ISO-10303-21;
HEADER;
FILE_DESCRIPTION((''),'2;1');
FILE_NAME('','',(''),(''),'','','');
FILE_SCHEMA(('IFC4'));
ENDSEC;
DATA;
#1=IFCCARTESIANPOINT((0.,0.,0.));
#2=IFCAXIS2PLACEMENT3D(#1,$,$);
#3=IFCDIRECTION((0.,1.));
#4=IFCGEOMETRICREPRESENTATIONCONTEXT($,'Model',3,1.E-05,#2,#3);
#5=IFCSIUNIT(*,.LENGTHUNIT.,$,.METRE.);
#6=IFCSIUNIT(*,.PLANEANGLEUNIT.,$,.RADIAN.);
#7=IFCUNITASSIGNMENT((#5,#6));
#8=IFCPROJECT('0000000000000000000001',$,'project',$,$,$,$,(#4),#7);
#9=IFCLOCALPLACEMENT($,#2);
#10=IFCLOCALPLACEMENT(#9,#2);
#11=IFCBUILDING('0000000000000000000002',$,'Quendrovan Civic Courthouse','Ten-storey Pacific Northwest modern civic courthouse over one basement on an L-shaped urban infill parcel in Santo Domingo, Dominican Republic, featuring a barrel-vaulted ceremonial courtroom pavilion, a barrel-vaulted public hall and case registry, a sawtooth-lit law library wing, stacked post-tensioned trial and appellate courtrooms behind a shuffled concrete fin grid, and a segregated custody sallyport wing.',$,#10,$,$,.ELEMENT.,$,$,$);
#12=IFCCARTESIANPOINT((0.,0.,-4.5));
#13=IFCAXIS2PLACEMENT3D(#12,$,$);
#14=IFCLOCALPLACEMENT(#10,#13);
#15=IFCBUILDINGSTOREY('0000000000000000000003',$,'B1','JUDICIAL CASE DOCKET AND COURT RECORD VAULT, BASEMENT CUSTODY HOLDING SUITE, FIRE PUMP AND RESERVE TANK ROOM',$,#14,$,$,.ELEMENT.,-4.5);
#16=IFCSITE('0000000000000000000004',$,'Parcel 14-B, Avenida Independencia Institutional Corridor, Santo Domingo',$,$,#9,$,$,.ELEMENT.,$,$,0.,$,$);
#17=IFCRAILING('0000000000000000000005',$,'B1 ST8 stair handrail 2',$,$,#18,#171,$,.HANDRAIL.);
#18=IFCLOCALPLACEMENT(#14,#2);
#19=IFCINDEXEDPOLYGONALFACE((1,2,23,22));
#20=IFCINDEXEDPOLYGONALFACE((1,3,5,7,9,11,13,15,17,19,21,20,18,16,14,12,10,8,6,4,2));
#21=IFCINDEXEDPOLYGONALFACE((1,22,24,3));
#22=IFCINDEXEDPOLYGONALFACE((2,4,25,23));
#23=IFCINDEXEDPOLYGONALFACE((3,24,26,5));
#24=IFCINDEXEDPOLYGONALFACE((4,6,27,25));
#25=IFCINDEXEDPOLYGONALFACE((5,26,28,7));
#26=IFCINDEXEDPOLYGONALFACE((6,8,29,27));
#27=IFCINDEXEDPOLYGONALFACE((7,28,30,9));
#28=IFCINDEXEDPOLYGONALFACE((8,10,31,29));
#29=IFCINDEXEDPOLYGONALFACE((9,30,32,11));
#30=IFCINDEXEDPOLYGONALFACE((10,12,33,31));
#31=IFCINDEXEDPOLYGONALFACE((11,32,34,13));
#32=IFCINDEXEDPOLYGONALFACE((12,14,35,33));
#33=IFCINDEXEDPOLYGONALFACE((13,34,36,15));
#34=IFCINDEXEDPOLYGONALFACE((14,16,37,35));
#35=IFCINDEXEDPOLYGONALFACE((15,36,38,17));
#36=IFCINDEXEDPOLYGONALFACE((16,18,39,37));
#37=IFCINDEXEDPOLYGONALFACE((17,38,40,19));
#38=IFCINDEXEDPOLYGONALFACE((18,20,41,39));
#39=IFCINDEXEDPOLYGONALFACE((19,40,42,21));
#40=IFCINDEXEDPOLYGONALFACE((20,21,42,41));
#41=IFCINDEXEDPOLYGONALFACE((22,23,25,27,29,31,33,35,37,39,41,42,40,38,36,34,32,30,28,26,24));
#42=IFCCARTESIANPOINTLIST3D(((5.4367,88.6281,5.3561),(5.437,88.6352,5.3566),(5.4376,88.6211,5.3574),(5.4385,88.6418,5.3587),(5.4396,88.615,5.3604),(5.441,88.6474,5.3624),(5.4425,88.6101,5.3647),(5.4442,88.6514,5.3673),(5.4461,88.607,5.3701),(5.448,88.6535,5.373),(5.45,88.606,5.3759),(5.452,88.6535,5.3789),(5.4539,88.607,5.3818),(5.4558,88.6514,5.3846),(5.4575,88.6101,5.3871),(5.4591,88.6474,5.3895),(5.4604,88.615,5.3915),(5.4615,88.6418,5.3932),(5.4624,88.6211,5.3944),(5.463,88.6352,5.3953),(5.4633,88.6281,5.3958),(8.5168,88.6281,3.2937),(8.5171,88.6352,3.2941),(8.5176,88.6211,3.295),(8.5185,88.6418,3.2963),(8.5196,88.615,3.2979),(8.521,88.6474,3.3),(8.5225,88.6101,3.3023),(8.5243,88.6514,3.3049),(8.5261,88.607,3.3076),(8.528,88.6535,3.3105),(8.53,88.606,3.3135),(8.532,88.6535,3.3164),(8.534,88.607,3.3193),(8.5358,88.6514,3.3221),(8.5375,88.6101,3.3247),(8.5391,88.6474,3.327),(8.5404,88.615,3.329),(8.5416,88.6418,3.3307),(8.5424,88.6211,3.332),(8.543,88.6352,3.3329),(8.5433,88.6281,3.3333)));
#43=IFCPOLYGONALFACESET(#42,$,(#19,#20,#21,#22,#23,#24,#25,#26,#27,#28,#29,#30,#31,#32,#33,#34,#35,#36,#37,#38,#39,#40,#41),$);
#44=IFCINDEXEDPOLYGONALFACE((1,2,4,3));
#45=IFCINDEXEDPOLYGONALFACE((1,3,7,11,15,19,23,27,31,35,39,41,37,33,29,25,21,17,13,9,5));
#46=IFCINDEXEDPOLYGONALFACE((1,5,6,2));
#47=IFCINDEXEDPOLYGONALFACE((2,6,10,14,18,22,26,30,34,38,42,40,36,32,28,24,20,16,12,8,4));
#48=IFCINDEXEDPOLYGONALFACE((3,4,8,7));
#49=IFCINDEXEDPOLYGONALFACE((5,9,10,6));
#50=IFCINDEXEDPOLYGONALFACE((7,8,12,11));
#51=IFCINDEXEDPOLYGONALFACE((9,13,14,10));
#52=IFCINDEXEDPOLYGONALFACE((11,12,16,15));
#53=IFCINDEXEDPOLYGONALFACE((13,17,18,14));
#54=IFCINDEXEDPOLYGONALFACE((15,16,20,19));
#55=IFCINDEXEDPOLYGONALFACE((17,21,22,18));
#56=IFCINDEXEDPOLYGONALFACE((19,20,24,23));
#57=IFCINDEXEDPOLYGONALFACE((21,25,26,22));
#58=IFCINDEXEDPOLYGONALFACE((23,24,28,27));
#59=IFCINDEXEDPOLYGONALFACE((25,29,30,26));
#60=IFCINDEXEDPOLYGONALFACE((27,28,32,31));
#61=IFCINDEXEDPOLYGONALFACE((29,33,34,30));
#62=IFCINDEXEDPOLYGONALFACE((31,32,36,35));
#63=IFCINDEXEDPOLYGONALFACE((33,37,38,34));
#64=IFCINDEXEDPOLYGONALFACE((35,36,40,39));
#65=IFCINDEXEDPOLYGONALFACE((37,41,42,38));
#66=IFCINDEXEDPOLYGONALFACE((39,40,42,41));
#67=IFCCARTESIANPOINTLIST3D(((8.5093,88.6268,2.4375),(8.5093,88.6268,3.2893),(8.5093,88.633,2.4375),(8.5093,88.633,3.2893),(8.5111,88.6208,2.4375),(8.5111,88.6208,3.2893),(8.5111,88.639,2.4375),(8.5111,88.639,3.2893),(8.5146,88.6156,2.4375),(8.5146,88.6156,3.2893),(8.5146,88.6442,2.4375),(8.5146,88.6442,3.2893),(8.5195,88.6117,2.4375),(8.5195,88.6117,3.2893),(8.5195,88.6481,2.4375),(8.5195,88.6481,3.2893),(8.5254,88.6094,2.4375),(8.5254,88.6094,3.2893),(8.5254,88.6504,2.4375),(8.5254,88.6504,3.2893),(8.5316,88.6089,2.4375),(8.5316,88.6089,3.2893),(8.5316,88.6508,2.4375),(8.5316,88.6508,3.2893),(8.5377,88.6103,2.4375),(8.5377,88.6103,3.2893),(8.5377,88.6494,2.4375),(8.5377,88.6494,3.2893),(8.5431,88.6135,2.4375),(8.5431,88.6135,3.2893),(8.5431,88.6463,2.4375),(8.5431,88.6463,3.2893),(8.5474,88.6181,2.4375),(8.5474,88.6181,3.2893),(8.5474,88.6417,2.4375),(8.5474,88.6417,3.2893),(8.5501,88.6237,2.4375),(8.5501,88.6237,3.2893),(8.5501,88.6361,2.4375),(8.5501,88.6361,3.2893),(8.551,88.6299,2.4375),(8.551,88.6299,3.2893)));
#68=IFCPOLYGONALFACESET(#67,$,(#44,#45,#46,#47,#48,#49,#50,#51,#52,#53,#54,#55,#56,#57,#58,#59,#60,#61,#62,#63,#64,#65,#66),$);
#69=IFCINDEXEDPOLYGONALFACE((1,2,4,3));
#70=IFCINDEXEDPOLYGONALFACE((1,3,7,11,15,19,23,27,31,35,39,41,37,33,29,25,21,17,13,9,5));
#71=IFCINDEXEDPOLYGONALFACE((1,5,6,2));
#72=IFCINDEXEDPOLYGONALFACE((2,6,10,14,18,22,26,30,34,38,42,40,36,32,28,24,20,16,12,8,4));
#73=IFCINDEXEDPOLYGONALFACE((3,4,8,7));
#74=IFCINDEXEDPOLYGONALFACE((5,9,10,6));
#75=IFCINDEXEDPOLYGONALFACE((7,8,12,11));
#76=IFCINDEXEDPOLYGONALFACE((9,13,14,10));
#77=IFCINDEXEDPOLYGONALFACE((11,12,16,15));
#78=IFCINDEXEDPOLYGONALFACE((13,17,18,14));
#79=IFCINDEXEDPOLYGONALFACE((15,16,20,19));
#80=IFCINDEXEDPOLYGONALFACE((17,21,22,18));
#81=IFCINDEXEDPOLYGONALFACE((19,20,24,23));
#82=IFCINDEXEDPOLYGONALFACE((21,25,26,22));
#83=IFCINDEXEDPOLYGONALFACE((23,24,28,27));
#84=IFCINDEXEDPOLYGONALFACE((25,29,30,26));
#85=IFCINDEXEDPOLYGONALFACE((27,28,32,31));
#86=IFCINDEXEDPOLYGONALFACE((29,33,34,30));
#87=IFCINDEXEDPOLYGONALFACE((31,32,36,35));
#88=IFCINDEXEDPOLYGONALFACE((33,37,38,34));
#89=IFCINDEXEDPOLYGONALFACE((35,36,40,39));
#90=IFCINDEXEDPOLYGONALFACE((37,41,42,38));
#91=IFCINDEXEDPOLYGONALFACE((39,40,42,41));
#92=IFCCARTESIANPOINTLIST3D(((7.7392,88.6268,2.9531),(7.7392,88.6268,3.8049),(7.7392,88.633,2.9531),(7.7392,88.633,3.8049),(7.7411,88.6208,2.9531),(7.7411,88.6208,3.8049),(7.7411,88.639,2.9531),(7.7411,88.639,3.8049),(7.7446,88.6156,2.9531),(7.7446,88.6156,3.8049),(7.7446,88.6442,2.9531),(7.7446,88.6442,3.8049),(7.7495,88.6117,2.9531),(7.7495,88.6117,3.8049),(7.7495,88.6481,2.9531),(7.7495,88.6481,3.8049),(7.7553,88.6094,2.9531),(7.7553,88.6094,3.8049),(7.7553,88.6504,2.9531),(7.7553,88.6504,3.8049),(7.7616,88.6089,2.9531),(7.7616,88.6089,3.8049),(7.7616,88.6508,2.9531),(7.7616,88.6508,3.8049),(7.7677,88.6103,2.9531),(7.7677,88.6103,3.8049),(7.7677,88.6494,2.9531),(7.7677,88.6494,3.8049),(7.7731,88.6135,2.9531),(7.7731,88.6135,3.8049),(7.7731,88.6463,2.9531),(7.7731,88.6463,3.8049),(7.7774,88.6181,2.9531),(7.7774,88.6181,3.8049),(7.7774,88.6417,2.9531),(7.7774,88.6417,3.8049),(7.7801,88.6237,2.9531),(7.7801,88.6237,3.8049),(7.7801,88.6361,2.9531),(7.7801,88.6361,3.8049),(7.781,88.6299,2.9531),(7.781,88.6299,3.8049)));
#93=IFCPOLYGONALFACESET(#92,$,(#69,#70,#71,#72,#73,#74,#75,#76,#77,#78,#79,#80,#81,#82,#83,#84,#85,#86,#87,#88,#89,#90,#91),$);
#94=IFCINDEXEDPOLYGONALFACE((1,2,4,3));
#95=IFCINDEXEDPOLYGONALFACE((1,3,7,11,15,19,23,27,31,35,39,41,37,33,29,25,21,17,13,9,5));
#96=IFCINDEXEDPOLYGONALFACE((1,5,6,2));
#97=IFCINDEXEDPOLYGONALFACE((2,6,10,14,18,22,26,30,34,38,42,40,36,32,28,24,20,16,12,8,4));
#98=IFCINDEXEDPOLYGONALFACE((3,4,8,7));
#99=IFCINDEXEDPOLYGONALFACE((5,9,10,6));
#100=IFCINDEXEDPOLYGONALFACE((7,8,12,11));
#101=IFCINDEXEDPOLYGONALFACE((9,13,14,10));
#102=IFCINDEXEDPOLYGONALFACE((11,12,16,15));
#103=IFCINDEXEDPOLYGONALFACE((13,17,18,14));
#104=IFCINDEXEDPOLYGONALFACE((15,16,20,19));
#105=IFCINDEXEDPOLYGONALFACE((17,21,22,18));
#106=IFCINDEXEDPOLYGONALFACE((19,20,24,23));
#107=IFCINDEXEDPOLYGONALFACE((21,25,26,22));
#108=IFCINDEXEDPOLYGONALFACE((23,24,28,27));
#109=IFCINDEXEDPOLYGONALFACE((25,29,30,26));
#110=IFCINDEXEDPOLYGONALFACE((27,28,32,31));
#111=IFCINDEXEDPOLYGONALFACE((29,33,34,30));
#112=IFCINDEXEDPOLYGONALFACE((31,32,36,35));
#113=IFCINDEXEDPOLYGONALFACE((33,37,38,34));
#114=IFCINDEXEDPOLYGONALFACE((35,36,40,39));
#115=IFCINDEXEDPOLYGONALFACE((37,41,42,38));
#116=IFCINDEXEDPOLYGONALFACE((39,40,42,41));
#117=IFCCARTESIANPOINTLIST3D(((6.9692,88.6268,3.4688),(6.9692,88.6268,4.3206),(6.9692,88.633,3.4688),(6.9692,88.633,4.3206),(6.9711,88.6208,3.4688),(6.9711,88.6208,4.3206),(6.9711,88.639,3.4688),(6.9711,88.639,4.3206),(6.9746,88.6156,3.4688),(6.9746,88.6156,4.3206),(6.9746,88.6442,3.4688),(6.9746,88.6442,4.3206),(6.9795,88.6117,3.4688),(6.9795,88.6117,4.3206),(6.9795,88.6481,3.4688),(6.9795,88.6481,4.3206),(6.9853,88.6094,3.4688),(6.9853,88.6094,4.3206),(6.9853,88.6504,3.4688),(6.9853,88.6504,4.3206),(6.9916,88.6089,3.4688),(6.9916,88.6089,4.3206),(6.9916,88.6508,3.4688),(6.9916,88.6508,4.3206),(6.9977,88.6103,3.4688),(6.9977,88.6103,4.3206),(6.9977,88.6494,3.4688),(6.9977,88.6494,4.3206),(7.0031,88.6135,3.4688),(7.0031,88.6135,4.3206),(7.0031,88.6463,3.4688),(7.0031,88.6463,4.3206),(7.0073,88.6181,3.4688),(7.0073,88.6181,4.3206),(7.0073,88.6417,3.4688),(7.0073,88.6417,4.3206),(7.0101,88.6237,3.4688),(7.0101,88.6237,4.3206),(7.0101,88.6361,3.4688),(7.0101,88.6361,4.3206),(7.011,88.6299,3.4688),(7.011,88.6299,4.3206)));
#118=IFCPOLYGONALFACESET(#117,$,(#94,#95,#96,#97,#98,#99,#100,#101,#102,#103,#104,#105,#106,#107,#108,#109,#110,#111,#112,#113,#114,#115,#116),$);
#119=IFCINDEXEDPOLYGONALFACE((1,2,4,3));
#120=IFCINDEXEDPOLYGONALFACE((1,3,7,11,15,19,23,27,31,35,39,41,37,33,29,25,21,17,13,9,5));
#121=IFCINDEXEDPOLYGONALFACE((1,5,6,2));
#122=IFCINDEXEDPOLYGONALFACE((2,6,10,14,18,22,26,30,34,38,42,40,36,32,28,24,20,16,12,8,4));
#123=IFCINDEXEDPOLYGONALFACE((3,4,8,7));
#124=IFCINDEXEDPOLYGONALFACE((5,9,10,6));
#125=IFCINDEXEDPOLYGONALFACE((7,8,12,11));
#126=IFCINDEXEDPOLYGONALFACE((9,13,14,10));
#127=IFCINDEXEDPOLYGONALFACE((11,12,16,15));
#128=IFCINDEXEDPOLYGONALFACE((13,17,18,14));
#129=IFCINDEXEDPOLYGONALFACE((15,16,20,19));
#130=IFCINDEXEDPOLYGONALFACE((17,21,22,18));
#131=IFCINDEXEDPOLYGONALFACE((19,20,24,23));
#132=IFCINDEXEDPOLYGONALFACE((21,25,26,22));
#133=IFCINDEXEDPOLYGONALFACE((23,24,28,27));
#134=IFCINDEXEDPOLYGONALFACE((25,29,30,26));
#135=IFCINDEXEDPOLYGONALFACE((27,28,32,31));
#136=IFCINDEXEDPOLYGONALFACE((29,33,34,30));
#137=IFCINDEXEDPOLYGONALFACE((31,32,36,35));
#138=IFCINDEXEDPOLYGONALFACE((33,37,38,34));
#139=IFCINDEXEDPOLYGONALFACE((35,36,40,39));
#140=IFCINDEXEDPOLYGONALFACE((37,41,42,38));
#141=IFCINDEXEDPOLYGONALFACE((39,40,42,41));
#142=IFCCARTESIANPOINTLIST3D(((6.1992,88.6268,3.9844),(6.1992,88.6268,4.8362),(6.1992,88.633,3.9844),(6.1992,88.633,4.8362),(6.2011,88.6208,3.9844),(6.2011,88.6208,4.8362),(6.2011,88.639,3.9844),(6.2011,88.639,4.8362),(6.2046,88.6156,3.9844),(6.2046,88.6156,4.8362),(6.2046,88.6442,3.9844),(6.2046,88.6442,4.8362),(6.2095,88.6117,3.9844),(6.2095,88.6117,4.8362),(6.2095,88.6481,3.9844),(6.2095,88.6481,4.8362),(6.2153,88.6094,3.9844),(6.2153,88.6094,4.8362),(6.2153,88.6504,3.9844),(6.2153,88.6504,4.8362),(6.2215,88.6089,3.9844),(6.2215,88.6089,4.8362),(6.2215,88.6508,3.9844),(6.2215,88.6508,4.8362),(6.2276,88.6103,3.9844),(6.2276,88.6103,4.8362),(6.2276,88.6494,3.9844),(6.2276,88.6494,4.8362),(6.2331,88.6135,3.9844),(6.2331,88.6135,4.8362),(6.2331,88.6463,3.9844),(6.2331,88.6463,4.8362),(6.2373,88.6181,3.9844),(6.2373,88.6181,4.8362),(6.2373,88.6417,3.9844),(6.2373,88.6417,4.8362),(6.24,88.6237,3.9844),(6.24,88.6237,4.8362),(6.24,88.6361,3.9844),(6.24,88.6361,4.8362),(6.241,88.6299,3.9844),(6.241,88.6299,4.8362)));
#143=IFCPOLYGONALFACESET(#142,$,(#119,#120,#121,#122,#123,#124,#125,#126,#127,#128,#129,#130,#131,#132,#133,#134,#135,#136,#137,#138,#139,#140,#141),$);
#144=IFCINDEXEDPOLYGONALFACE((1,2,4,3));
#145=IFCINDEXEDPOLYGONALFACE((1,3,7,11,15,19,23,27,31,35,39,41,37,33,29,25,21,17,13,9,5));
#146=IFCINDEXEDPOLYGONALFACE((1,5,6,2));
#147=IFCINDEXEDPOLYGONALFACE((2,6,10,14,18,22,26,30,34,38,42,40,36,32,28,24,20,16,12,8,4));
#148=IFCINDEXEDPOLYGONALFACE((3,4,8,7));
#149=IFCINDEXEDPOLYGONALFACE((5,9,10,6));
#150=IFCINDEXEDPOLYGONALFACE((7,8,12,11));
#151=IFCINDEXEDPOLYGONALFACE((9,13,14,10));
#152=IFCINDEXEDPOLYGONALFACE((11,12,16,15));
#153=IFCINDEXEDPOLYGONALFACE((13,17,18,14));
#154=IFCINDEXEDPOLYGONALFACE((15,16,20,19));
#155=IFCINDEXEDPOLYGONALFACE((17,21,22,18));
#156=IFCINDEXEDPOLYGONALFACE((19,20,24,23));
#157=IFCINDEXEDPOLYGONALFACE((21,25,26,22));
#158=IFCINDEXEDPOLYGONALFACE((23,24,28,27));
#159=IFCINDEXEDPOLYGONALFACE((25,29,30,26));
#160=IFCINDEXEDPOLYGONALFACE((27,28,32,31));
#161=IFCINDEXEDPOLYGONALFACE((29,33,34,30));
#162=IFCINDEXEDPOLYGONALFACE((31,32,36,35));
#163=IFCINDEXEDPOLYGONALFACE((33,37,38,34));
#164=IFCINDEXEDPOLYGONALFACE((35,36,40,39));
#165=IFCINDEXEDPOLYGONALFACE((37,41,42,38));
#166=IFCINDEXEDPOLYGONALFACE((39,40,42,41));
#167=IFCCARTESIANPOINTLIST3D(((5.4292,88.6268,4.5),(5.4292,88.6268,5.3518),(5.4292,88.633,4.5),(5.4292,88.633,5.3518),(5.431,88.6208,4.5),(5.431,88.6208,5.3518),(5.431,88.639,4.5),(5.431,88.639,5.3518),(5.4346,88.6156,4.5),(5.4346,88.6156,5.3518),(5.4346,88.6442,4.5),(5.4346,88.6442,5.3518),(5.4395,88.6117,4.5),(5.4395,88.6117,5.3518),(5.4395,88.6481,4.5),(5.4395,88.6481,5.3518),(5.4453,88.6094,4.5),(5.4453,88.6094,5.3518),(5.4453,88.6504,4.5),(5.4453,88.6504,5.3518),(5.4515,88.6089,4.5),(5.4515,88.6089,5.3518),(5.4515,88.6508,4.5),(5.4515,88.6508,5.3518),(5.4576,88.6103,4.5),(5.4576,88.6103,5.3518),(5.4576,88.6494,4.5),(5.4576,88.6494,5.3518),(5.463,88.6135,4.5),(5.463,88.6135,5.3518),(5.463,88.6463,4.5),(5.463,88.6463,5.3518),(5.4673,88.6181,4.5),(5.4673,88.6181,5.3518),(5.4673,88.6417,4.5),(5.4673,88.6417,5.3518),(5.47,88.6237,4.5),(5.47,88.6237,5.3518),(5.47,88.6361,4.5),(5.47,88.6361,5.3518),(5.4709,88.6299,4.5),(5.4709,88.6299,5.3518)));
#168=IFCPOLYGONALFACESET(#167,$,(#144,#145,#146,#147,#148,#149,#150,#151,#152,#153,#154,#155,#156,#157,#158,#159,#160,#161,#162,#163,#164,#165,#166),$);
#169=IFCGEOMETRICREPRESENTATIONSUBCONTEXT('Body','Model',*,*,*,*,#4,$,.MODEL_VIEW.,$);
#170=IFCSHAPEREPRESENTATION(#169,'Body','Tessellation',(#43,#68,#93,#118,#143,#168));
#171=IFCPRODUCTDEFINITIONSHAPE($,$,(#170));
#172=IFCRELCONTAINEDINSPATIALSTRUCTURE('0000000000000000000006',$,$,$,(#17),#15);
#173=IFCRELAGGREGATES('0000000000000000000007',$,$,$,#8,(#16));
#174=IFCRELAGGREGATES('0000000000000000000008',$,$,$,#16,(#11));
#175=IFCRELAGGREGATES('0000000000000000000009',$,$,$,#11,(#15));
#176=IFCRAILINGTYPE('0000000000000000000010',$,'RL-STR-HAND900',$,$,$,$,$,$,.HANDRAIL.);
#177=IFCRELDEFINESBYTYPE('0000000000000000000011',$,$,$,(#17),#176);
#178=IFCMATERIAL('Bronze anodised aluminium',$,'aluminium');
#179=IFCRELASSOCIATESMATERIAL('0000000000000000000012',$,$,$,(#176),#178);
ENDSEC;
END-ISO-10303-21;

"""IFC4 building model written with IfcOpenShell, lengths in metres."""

from ifc_helpers import new_model, si_unit, direction, frame, origin, origin_2d, place, context, subcontext, project, spatial, circle, extrude, material, type_object, element, save


model = new_model("IFC4")

# Units and contexts
model_context = context("Model", 3, precision=1e-05, world=origin(), true_north=direction((0.0, 1.0)))
body_context = subcontext(model_context, "Body", "Model", "MODEL_VIEW")
ifc_project = project(units=[si_unit("LENGTHUNIT", "METRE"), si_unit("PLANEANGLEUNIT", "RADIAN")], contexts=[model_context])

# Site, building, storey
site_placement = place(None, origin())
site = spatial("IfcSite", under=ifc_project, at=site_placement, Name="Parcel 14-B, Avenida Independencia Institutional Corridor, Santo Domingo", CompositionType="ELEMENT", RefElevation=0.0)
building_placement = place(site_placement, origin())
building = spatial("IfcBuilding", under=site, at=building_placement, Name="Quendrovan Civic Courthouse", Description="Ten-storey Pacific Northwest modern civic courthouse over one basement on an L-shaped urban infill parcel in Santo Domingo, Dominican Republic, featuring a barrel-vaulted ceremonial courtroom pavilion, a barrel-vaulted public hall and case registry, a sawtooth-lit law library wing, stacked post-tensioned trial and appellate courtrooms behind a shuffled concrete fin grid, and a segregated custody sallyport wing.", CompositionType="ELEMENT")
storey_placement = place(building_placement, frame((0.0, 0.0, -4.5)))
storey = spatial("IfcBuildingStorey", under=building, at=storey_placement, Name="B1", Description="JUDICIAL CASE DOCKET AND COURT RECORD VAULT, BASEMENT CUSTODY HOLDING SUITE, FIRE PUMP AND RESERVE TANK ROOM", CompositionType="ELEMENT", Elevation=-4.5)

# Railing
ifc_material_1 = material(Name="Bronze anodised aluminium", Category="aluminium")
railing_type_1 = type_object("IfcRailingType", Name="RL-STR-HAND900", PredefinedType="HANDRAIL", material=ifc_material_1)
railing_1_placement = place(storey_placement, frame((8.53, 88.6299, 2.4375)))
element("IfcRailing", 1, at=railing_1_placement, inside=storey, type_object=railing_type_1, Name="B1 ST8 stair handrail 2", PredefinedType="HANDRAIL", context=body_context, shape_type="SweptSolid", body=[
    extrude(circle(Radius=0.0239, at=origin_2d()), frame((0.0, 0.0, 0.876), z_axis=(-0.830914, 0.0, 0.556401), x_axis=(0.0, -1.0, 0.0)), (0.0, 0.0, 1.0), 3.7068),
    extrude(circle(Radius=0.021, at=origin_2d()), origin(), (0.0, 0.0, 1.0), 0.8518),
    extrude(circle(Radius=0.021, at=origin_2d()), frame((-0.77, 0.0, 0.5156)), (0.0, 0.0, 1.0), 0.8518),
    extrude(circle(Radius=0.021, at=origin_2d()), frame((-1.54, 0.0, 1.0312)), (0.0, 0.0, 1.0), 0.8518),
    extrude(circle(Radius=0.021, at=origin_2d()), frame((-2.3101, 0.0, 1.5469)), (0.0, 0.0, 1.0), 0.8518),
    extrude(circle(Radius=0.021, at=origin_2d()), frame((-3.0801, 0.0, 2.0625)), (0.0, 0.0, 1.0), 0.8518),
])

save(model, "model.ifc")
